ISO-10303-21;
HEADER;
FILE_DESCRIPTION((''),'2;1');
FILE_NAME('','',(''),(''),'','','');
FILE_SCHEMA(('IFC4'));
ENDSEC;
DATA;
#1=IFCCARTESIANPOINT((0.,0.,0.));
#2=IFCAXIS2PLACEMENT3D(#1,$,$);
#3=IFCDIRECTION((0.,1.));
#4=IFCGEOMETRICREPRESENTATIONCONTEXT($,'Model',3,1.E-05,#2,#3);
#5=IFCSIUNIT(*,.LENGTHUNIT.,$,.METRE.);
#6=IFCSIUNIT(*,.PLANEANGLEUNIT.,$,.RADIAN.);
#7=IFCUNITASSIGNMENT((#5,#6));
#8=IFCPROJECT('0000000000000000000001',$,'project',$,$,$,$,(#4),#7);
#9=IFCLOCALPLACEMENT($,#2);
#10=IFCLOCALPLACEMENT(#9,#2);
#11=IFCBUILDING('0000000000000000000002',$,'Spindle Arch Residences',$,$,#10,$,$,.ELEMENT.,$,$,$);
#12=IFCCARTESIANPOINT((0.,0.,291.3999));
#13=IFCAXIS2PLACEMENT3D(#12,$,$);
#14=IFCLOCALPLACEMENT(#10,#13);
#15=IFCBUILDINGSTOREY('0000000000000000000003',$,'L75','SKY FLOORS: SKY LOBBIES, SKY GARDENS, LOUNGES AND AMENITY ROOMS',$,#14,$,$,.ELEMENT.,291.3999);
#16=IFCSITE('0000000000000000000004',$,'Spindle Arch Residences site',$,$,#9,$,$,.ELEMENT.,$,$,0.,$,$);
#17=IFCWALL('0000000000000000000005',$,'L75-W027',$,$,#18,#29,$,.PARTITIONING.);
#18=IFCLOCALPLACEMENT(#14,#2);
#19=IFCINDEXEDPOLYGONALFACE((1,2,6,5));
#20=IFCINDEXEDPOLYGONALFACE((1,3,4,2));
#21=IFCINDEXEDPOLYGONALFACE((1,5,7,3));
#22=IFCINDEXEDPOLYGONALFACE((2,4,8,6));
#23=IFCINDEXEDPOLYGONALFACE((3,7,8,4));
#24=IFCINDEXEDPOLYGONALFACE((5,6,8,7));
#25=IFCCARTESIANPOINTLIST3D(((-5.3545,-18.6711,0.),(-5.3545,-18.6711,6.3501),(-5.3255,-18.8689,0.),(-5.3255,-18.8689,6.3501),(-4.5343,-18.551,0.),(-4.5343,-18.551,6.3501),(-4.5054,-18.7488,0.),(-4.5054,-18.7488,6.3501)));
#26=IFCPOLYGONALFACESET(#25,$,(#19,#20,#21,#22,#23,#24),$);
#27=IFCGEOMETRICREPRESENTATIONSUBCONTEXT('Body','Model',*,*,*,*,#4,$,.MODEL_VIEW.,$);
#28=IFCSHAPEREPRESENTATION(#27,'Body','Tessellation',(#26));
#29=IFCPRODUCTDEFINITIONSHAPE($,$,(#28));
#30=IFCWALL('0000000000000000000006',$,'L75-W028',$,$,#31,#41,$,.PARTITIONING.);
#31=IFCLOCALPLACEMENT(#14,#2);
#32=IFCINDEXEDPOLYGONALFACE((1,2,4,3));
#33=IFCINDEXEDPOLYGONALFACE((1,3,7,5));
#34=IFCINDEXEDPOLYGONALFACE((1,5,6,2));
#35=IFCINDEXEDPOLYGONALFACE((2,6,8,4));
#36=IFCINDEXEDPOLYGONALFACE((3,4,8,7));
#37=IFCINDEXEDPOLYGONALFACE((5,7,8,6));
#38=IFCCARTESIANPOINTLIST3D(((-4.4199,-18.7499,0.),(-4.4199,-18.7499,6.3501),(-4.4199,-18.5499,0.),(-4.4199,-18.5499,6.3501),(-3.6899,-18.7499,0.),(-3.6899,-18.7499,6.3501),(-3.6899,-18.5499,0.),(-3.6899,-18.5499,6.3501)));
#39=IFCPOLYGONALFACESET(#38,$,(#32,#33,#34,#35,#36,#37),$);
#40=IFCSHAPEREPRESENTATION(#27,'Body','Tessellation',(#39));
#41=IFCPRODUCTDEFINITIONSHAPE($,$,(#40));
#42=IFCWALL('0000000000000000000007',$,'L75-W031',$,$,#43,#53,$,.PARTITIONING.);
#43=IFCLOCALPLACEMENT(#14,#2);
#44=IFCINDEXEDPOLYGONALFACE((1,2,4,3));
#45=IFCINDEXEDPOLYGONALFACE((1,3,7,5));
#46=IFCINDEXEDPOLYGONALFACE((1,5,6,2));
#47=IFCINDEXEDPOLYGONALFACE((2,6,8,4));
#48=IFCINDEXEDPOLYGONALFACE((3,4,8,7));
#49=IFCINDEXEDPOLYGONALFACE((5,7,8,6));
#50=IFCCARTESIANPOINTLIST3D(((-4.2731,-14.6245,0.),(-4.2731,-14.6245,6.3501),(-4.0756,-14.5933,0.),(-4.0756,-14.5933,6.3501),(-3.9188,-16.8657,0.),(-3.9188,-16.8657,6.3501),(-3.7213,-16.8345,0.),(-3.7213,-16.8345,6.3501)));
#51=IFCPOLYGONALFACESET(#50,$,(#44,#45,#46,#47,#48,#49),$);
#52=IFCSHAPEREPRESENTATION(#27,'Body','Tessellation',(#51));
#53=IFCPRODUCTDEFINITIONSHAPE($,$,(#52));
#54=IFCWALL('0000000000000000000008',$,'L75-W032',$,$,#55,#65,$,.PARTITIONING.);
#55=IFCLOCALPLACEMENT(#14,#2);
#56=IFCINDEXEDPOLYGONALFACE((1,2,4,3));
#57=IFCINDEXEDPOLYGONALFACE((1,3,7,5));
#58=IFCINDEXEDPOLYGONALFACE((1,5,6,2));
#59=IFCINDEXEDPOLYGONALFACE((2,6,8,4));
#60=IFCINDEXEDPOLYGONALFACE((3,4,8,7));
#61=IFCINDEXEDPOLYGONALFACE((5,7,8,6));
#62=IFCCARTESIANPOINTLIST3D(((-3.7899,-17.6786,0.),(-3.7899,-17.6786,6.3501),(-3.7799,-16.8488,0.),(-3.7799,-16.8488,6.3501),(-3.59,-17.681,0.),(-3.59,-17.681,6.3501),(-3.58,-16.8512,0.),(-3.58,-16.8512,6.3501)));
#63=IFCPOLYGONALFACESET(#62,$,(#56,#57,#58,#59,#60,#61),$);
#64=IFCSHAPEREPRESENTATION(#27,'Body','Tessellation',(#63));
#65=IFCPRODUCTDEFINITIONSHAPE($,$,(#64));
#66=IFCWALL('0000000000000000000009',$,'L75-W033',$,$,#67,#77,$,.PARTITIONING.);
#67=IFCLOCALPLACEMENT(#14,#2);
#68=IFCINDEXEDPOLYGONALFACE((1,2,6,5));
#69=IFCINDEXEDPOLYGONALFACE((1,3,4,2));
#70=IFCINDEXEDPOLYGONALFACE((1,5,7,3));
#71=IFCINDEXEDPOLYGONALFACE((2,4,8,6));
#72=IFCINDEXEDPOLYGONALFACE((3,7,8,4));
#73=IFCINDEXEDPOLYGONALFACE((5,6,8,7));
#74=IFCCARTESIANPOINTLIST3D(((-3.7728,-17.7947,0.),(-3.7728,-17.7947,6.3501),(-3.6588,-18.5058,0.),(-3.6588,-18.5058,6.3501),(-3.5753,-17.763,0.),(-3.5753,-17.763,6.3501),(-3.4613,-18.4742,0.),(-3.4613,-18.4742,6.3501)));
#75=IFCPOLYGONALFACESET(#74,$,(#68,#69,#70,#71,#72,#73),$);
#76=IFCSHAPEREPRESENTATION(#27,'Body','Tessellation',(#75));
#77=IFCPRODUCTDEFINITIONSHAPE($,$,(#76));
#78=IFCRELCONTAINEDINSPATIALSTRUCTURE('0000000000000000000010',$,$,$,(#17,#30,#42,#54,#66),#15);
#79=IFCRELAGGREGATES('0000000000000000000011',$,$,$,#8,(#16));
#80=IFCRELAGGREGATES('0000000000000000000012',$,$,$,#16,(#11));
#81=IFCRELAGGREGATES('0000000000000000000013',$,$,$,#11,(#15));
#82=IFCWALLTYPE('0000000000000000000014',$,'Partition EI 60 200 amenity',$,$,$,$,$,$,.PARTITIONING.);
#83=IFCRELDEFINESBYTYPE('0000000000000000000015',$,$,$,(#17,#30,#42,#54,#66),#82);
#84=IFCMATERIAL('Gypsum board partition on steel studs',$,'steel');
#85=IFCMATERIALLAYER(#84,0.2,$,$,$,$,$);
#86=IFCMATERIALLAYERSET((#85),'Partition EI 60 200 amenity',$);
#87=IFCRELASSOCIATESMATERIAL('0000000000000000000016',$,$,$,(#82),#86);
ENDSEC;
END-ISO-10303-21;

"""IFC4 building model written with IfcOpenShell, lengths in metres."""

from ifc_helpers import new_model, si_unit, direction, frame, frame_2d, origin, place, context, subcontext, project, spatial, rectangle, extrude, material, layer, layer_set, type_object, element, save


model = new_model("IFC4")

# Units and contexts
model_context = context("Model", 3, precision=1e-05, world=origin(), true_north=direction((0.0, 1.0)))
body_context = subcontext(model_context, "Body", "Model", "MODEL_VIEW")
ifc_project = project(units=[si_unit("LENGTHUNIT", "METRE"), si_unit("PLANEANGLEUNIT", "RADIAN")], contexts=[model_context])

# Site, building, storey
site_placement = place(None, origin())
site = spatial("IfcSite", under=ifc_project, at=site_placement, Name="Spindle Arch Residences site", CompositionType="ELEMENT", RefElevation=0.0)
building_placement = place(site_placement, origin())
building = spatial("IfcBuilding", under=site, at=building_placement, Name="Spindle Arch Residences", CompositionType="ELEMENT")
storey_placement = place(building_placement, frame((0.0, 0.0, 291.3999)))
storey = spatial("IfcBuildingStorey", under=building, at=storey_placement, Name="L75", Description="SKY FLOORS: SKY LOBBIES, SKY GARDENS, LOUNGES AND AMENITY ROOMS", CompositionType="ELEMENT", Elevation=291.3999)

# Walls
ifc_material_1 = material(Name="Gypsum board partition on steel studs", Category="steel")
ifc_layer_1 = layer(ifc_material_1, 0.2)
ifc_layer_set_1 = layer_set([ifc_layer_1], Name="Partition EI 60 200 amenity")
wall_type = type_object("IfcWallType", Name="Partition EI 60 200 amenity", PredefinedType="PARTITIONING", material=ifc_layer_set_1)
wall_1_placement = place(storey_placement, frame((-5.3401, -18.77, 0.0), z_axis=(0.0, 0.0, 1.0), x_axis=(0.989443, 0.144926, 0.0)))
element("IfcWall", 1, at=wall_1_placement, inside=storey, type_object=wall_type, Name="L75-W027", PredefinedType="PARTITIONING", context=body_context, shape_type="SweptSolid", body=[
    extrude(rectangle(XDim=0.8289, YDim=0.2, at=frame_2d((0.4146, 0.0))), origin(), (0.0, 0.0, 1.0), 6.3501),
])
wall_2_placement = place(storey_placement, frame((-4.4199, -18.6499, 0.0), z_axis=(0.0, 0.0, 1.0), x_axis=(1.0, 0.0, 0.0)))
element("IfcWall", 2, at=wall_2_placement, inside=storey, type_object=wall_type, Name="L75-W028", PredefinedType="PARTITIONING", context=body_context, shape_type="SweptSolid", body=[
    extrude(rectangle(XDim=0.73, YDim=0.2, at=frame_2d((0.365, 0.0))), origin(), (0.0, 0.0, 1.0), 6.3501),
])
wall_3_placement = place(storey_placement, frame((-3.8201, -16.8501, 0.0), z_axis=(0.0, 0.0, 1.0), x_axis=(-0.156123, 0.987738, 0.0)))
element("IfcWall", 3, at=wall_3_placement, inside=storey, type_object=wall_type, Name="L75-W031", PredefinedType="PARTITIONING", context=body_context, shape_type="SweptSolid", body=[
    extrude(rectangle(XDim=2.269, YDim=0.2, at=frame_2d((1.1345, 0.0))), origin(), (0.0, 0.0, 1.0), 6.3501),
])
wall_4_placement = place(storey_placement, frame((-3.6899, -17.6799, 0.0), z_axis=(0.0, 0.0, 1.0), x_axis=(0.012061, 0.999927, 0.0)))
element("IfcWall", 4, at=wall_4_placement, inside=storey, type_object=wall_type, Name="L75-W032", PredefinedType="PARTITIONING", context=body_context, shape_type="SweptSolid", body=[
    extrude(rectangle(XDim=0.8298, YDim=0.2, at=frame_2d((0.415, 0.0))), origin(), (0.0, 0.0, 1.0), 6.3501),
])
wall_5_placement = place(storey_placement, frame((-3.5601, -18.49, 0.0), z_axis=(0.0, 0.0, 1.0), x_axis=(-0.158295, 0.987392, 0.0)))
element("IfcWall", 5, at=wall_5_placement, inside=storey, type_object=wall_type, Name="L75-W033", PredefinedType="PARTITIONING", context=body_context, shape_type="SweptSolid", body=[
    extrude(rectangle(XDim=0.7202, YDim=0.2, at=frame_2d((0.3601, 0.0))), origin(), (0.0, 0.0, 1.0), 6.3501),
])

save(model, "model.ifc")
